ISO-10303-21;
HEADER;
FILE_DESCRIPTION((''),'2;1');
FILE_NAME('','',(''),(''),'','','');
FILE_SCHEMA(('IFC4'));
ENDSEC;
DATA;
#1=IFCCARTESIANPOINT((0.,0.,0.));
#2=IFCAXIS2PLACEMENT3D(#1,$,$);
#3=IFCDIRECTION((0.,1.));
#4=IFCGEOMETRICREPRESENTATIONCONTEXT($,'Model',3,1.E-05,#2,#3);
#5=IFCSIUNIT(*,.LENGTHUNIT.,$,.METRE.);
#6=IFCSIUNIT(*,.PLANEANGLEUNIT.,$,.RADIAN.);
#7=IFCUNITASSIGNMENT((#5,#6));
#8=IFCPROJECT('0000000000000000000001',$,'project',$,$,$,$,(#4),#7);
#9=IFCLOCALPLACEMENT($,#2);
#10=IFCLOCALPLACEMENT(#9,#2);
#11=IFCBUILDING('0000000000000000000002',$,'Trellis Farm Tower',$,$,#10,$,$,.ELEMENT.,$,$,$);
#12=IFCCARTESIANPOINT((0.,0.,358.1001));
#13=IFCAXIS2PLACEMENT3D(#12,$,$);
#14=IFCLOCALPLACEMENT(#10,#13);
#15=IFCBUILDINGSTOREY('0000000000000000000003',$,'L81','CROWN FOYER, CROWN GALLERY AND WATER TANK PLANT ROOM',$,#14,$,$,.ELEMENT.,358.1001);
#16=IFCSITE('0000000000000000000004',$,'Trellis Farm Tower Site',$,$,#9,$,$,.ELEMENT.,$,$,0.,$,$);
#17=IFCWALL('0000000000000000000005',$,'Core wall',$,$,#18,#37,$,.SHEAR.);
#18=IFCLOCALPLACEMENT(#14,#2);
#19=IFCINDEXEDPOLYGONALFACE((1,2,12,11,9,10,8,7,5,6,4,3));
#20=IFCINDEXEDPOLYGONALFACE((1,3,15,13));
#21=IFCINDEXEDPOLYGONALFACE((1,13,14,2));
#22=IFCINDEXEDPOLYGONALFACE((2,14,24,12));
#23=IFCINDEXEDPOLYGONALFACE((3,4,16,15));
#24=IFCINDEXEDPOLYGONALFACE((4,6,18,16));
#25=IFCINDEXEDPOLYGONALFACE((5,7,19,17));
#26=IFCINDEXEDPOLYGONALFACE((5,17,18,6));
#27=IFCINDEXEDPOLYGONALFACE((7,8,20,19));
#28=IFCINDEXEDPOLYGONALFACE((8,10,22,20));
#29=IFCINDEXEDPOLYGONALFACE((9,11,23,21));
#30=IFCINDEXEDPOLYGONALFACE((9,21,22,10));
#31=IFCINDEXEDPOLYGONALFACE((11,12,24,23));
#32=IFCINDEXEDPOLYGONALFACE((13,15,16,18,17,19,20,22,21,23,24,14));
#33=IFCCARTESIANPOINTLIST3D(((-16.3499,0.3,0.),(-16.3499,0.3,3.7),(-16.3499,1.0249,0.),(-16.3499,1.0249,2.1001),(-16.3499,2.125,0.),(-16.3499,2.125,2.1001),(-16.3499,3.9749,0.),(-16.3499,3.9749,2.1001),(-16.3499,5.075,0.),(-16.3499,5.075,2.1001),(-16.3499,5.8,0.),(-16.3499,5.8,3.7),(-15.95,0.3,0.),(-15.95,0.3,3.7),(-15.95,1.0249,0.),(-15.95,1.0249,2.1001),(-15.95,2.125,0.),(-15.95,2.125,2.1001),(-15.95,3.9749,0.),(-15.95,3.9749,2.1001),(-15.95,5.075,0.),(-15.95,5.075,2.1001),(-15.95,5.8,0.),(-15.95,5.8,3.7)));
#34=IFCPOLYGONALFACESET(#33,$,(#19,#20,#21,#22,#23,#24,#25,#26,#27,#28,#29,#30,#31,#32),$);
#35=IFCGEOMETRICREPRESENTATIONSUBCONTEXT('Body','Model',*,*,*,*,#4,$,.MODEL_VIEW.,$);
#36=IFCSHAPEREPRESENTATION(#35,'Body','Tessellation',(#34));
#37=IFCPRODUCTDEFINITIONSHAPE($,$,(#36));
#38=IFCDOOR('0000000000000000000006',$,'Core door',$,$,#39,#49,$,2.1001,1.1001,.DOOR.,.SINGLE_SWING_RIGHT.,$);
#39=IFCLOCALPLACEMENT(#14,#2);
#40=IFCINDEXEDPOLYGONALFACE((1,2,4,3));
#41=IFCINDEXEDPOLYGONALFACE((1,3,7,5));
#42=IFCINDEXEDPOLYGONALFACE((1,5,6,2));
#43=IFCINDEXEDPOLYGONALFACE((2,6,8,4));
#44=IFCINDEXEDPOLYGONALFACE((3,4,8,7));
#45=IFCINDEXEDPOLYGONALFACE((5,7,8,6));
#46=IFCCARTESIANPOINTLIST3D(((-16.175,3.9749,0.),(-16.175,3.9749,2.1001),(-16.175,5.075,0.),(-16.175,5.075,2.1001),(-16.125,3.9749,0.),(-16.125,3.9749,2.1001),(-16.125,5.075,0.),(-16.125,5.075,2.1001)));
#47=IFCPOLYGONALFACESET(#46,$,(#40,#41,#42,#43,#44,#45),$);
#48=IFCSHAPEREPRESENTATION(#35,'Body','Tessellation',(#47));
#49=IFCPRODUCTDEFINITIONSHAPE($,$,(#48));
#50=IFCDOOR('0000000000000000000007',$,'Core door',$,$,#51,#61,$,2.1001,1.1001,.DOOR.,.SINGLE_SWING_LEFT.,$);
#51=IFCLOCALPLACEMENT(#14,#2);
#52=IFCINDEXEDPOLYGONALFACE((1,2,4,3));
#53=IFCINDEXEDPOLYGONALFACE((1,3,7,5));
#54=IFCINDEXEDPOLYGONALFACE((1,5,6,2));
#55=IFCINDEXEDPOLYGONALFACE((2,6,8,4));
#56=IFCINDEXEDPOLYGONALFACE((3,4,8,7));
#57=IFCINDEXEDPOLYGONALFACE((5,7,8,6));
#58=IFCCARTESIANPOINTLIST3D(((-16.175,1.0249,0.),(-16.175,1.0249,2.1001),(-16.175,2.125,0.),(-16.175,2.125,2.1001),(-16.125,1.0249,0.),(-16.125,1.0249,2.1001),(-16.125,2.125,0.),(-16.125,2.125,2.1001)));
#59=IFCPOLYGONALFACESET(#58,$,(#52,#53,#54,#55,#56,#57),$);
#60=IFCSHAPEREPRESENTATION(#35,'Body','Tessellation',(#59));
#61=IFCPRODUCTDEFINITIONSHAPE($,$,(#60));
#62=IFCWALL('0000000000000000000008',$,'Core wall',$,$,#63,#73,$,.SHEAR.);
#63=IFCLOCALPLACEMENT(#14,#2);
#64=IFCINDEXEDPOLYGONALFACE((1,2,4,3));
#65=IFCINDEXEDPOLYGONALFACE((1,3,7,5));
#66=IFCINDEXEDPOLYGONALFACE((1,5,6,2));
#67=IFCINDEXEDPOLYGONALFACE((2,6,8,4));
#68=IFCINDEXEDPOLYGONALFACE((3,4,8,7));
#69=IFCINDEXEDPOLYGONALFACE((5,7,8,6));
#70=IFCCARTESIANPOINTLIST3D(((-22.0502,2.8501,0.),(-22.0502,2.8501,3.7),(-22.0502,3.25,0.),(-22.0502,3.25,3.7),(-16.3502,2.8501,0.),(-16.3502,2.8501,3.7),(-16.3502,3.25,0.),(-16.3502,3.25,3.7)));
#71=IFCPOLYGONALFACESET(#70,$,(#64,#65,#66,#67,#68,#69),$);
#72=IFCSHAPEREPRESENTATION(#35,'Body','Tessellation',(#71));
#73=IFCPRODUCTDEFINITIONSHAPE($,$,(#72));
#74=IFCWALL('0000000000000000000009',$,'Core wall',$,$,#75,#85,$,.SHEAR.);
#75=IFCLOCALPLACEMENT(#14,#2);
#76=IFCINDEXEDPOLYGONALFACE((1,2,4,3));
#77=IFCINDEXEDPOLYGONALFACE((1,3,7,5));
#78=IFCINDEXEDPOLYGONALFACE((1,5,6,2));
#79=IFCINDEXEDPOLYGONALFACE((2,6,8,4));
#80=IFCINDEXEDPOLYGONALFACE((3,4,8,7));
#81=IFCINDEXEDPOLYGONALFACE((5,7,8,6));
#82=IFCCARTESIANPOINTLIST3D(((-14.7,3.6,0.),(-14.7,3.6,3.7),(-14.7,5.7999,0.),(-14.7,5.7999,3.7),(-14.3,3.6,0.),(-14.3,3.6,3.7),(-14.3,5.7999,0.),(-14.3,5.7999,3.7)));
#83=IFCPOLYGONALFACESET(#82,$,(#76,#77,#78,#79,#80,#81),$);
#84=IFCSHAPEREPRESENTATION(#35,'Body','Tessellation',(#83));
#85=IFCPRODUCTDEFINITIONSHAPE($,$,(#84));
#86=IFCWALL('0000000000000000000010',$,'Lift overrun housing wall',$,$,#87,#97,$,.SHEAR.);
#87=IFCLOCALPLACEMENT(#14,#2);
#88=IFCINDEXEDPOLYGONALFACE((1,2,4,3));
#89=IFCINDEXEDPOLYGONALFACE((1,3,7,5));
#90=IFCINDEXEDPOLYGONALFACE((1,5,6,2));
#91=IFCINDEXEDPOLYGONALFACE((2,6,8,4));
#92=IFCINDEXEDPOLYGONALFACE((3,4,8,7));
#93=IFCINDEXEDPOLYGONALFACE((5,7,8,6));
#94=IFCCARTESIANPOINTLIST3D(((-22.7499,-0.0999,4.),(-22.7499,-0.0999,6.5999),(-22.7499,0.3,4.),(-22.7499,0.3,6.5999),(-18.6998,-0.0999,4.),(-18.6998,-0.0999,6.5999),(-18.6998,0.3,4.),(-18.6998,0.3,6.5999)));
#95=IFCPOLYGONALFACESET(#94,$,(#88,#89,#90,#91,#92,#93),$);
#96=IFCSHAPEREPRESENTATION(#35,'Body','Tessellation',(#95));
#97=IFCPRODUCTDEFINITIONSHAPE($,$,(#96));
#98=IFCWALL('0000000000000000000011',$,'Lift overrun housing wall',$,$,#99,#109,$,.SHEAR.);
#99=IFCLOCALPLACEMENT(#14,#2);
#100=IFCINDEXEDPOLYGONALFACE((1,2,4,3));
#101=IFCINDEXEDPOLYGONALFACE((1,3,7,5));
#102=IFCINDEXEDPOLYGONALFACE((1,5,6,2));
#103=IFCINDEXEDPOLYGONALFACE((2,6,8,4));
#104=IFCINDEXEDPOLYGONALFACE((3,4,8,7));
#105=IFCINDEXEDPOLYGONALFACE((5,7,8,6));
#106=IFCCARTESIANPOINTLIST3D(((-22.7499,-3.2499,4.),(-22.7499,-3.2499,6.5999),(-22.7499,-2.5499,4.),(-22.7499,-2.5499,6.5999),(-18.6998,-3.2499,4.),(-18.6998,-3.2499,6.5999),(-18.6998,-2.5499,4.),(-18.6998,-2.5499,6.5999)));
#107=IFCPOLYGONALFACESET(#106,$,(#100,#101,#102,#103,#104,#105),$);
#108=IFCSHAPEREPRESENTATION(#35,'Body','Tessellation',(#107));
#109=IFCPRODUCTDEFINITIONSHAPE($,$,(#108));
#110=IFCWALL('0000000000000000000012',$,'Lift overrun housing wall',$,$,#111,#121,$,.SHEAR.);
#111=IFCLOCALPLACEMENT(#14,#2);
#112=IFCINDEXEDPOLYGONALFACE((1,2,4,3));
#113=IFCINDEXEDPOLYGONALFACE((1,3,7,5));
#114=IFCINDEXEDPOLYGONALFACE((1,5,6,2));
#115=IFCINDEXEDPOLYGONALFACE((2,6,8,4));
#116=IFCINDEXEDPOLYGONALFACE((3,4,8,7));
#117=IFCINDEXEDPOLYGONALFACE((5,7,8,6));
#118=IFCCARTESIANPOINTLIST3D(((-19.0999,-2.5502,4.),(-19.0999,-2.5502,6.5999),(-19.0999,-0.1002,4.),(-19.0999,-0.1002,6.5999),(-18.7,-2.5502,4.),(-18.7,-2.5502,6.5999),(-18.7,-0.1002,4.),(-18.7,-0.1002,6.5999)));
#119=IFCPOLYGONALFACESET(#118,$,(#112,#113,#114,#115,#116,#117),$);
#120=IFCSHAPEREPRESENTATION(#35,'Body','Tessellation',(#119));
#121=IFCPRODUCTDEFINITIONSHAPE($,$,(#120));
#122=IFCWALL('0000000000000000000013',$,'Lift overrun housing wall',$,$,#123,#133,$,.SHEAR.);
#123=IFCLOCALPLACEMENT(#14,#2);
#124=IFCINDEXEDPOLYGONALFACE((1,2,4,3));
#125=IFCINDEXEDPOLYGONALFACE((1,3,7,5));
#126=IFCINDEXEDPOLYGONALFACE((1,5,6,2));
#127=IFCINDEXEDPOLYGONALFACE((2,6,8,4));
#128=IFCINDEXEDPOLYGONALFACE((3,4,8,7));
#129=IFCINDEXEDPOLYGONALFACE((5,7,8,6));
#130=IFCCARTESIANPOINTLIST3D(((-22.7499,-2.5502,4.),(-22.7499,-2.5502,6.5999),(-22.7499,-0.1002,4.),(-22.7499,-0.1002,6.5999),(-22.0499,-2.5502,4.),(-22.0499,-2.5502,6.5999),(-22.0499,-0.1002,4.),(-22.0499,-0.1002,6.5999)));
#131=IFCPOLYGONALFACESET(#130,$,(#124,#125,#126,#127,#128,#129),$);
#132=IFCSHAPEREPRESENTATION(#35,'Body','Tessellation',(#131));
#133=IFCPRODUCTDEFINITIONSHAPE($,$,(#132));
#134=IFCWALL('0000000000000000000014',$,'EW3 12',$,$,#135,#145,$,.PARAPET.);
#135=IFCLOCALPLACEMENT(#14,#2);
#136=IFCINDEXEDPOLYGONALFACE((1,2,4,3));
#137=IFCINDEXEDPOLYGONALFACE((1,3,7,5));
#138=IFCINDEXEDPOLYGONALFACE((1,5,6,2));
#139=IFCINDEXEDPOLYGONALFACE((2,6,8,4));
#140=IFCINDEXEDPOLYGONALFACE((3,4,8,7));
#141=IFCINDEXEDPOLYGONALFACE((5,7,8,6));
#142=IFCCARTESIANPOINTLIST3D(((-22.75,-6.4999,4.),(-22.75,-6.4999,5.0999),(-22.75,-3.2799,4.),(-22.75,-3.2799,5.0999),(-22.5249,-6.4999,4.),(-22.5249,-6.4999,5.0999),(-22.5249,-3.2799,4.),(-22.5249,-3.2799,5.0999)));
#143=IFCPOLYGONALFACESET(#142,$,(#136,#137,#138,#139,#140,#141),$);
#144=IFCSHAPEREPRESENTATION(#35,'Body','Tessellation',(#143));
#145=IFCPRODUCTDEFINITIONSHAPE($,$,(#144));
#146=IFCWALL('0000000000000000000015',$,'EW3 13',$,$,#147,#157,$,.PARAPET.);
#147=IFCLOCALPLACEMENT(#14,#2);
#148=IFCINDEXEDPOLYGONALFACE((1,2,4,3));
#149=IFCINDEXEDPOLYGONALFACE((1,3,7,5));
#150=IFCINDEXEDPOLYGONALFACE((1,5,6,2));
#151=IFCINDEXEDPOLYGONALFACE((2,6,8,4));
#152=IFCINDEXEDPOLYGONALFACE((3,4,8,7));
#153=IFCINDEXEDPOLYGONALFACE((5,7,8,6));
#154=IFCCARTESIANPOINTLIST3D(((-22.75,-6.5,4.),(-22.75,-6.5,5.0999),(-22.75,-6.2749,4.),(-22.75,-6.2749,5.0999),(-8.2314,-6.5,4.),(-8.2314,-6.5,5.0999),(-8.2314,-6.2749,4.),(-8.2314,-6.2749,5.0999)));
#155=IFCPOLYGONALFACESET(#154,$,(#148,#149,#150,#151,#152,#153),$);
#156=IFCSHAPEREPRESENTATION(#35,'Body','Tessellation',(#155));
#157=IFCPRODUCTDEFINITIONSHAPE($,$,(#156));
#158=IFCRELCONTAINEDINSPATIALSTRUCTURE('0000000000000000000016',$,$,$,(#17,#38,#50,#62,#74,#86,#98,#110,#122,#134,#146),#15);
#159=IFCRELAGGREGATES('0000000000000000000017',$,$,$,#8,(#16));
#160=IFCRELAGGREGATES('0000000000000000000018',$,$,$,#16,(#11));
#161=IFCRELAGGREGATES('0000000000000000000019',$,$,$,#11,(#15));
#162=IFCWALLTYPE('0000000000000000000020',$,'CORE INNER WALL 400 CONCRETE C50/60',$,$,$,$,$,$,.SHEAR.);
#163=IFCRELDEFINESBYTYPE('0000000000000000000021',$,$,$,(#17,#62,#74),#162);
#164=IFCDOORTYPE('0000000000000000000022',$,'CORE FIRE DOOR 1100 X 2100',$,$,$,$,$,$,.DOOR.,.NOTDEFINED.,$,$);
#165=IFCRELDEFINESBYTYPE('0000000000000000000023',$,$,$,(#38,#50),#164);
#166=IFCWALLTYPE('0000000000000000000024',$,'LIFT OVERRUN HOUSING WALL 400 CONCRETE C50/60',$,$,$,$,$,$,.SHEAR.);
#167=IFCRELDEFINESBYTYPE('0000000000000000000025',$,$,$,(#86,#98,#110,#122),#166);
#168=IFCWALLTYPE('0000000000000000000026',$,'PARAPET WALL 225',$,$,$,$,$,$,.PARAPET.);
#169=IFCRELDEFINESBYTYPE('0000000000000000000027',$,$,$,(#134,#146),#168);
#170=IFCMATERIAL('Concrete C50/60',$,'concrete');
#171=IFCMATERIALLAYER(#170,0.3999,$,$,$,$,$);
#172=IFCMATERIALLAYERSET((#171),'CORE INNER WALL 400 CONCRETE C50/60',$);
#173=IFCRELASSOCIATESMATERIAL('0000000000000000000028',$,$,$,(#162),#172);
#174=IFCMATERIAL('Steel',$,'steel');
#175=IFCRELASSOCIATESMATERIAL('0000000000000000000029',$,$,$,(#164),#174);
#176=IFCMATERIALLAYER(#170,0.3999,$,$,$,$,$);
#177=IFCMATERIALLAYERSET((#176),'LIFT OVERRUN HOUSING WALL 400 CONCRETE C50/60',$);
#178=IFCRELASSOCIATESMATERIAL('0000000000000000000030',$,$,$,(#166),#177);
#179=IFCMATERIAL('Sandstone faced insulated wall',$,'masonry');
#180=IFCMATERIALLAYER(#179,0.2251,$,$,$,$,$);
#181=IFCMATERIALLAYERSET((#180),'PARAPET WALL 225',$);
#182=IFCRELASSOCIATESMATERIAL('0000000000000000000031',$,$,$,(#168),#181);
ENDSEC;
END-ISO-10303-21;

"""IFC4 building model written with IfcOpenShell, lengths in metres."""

from ifc_helpers import new_model, si_unit, direction, frame, frame_2d, origin, place, context, subcontext, project, spatial, rectangle, extrude, source, transform, mapped, material, layer, layer_set, type_object, element, fill, save


model = new_model("IFC4")

# Units and contexts
model_context = context("Model", 3, precision=1e-05, world=origin(), true_north=direction((0.0, 1.0)))
body_context = subcontext(model_context, "Body", "Model", "MODEL_VIEW")
ifc_project = project(units=[si_unit("LENGTHUNIT", "METRE"), si_unit("PLANEANGLEUNIT", "RADIAN")], contexts=[model_context])

# Site, building, storey
site_placement = place(None, origin())
site = spatial("IfcSite", under=ifc_project, at=site_placement, Name="Trellis Farm Tower Site", CompositionType="ELEMENT", RefElevation=0.0)
building_placement = place(site_placement, origin())
building = spatial("IfcBuilding", under=site, at=building_placement, Name="Trellis Farm Tower", CompositionType="ELEMENT")
storey_placement = place(building_placement, frame((0.0, 0.0, 358.1001)))
storey = spatial("IfcBuildingStorey", under=building, at=storey_placement, Name="L81", Description="CROWN FOYER, CROWN GALLERY AND WATER TANK PLANT ROOM", CompositionType="ELEMENT", Elevation=358.1001)

# Shared definitions
ifc_material_1 = material(Name="Concrete C50/60", Category="concrete")

# Shared definitions
ifc_layer_1 = layer(ifc_material_1, 0.3999)
ifc_layer_set_1 = layer_set([ifc_layer_1], Name="CORE INNER WALL 400 CONCRETE C50/60")
wall_type_1 = type_object("IfcWallType", Name="CORE INNER WALL 400 CONCRETE C50/60", PredefinedType="SHEAR", material=ifc_layer_set_1)

# Shared definitions
ifc_material_2 = material(Name="Steel", Category="steel")
door_type = type_object("IfcDoorType", Name="CORE FIRE DOOR 1100 X 2100", OperationType="NOTDEFINED", PredefinedType="DOOR", material=ifc_material_2)
shared_shape_1 = source(origin(), body_context, "Body", "SweptSolid", [
    extrude(rectangle(XDim=1.1001, YDim=2.1001, at=frame_2d((0.55, 1.05))), frame((0.0, 0.0249, 0.0), z_axis=(0.0, -1.0, 0.0), x_axis=(1.0, 0.0, 0.0)), (0.0, 0.0, 1.0), 0.05),
])

# Wall, openings, doors
shared_shape_2 = source(origin(), body_context, "Body", "SweptSolid", [
    extrude(rectangle(XDim=5.5, YDim=0.3999, at=frame_2d((2.75, 0.0))), origin(), (0.0, 0.0, 1.0), 3.7),
])
wall_1_placement = place(storey_placement, frame((-16.1499, 5.8, 0.0), z_axis=(0.0, 0.0, 1.0), x_axis=(0.0, -1.0, 0.0)))
wall_1 = element("IfcWall", 1, at=wall_1_placement, inside=storey, type_object=wall_type_1, Name="Core wall", PredefinedType="SHEAR", context=body_context, shape_type="MappedRepresentation", body=[
    mapped(shared_shape_2, transform((0.0, 0.0, 0.0))),
])
shared_shape_3 = source(origin(), body_context, "Body", "SweptSolid", [
    extrude(rectangle(XDim=1.1001, YDim=2.1001, at=frame_2d((0.55, 1.05))), frame((0.0, 0.21, 0.0), z_axis=(0.0, -1.0, 0.0), x_axis=(1.0, 0.0, 0.0)), (0.0, 0.0, 1.0), 0.4199),
])
opening_1_placement = place(wall_1_placement, frame((0.7251, 0.0, 0.0)))
opening_1 = element("IfcOpeningElement", 2, at=opening_1_placement, cuts=wall_1, PredefinedType="OPENING", context=body_context, shape_type="MappedRepresentation", body=[
    mapped(shared_shape_3, transform((0.0, 0.0, 0.0))),
])
opening_2_placement = place(wall_1_placement, frame((3.675, 0.0, 0.0)))
opening_2 = element("IfcOpeningElement", 3, at=opening_2_placement, cuts=wall_1, PredefinedType="OPENING", context=body_context, shape_type="MappedRepresentation", body=[
    mapped(shared_shape_3, transform((0.0, 0.0, 0.0))),
])
door_1_placement = place(opening_1_placement, origin())
door_1 = element("IfcDoor", 4, at=door_1_placement, inside=storey, type_object=door_type, Name="Core door", OperationType="SINGLE_SWING_RIGHT", OverallHeight=2.1001, OverallWidth=1.1001, PredefinedType="DOOR", context=body_context, shape_type="MappedRepresentation", body=[
    mapped(shared_shape_1, transform((0.0, 0.0, 0.0))),
])
fill(opening_1, door_1)
door_2_placement = place(opening_2_placement, origin())
door_2 = element("IfcDoor", 5, at=door_2_placement, inside=storey, type_object=door_type, Name="Core door", OperationType="SINGLE_SWING_LEFT", OverallHeight=2.1001, OverallWidth=1.1001, PredefinedType="DOOR", context=body_context, shape_type="MappedRepresentation", body=[
    mapped(shared_shape_1, transform((0.0, 0.0, 0.0))),
])
fill(opening_2, door_2)

# Walls
shared_shape_4 = source(origin(), body_context, "Body", "SweptSolid", [
    extrude(rectangle(XDim=5.7, YDim=0.3999, at=frame_2d((2.8501, 0.0))), origin(), (0.0, 0.0, 1.0), 3.7),
])
wall_2_placement = place(storey_placement, frame((-16.3501, 3.05, 0.0), z_axis=(0.0, 0.0, 1.0), x_axis=(-1.0, 0.0, 0.0)))
element("IfcWall", 6, at=wall_2_placement, inside=storey, type_object=wall_type_1, Name="Core wall", PredefinedType="SHEAR", context=body_context, shape_type="MappedRepresentation", body=[
    mapped(shared_shape_4, transform((0.0, 0.0, 0.0))),
])
shared_shape_5 = source(origin(), body_context, "Body", "SweptSolid", [
    extrude(rectangle(XDim=2.2, YDim=0.3999, at=frame_2d((1.1001, 0.0))), origin(), (0.0, 0.0, 1.0), 3.7),
])
wall_3_placement = place(storey_placement, frame((-14.5, 5.8, 0.0), z_axis=(0.0, 0.0, 1.0), x_axis=(0.0, -1.0, 0.0)))
element("IfcWall", 7, at=wall_3_placement, inside=storey, type_object=wall_type_1, Name="Core wall", PredefinedType="SHEAR", context=body_context, shape_type="MappedRepresentation", body=[
    mapped(shared_shape_5, transform((0.0, 0.0, 0.0))),
])
ifc_layer_2 = layer(ifc_material_1, 0.3999)
ifc_layer_set_2 = layer_set([ifc_layer_2], Name="LIFT OVERRUN HOUSING WALL 400 CONCRETE C50/60")
wall_type_2 = type_object("IfcWallType", Name="LIFT OVERRUN HOUSING WALL 400 CONCRETE C50/60", PredefinedType="SHEAR", material=ifc_layer_set_2)
shared_shape_6 = source(origin(), body_context, "Body", "SweptSolid", [
    extrude(rectangle(XDim=4.05, YDim=0.3999, at=frame_2d((2.0249, 0.0))), origin(), (0.0, 0.0, 1.0), 2.5999),
])
wall_4_placement = place(storey_placement, frame((-18.7, 0.1001, 4.0), z_axis=(0.0, 0.0, 1.0), x_axis=(-1.0, 0.0, 0.0)))
element("IfcWall", 8, at=wall_4_placement, inside=storey, type_object=wall_type_2, Name="Lift overrun housing wall", PredefinedType="SHEAR", context=body_context, shape_type="MappedRepresentation", body=[
    mapped(shared_shape_6, transform((0.0, 0.0, 0.0))),
])
shared_shape_7 = source(origin(), body_context, "Body", "SweptSolid", [
    extrude(rectangle(XDim=4.05, YDim=0.7, at=frame_2d((2.0249, 0.0))), origin(), (0.0, 0.0, 1.0), 2.5999),
])
wall_5_placement = place(storey_placement, frame((-18.7, -2.8999, 4.0), z_axis=(0.0, 0.0, 1.0), x_axis=(-1.0, 0.0, 0.0)))
element("IfcWall", 9, at=wall_5_placement, inside=storey, type_object=wall_type_2, Name="Lift overrun housing wall", PredefinedType="SHEAR", context=body_context, shape_type="MappedRepresentation", body=[
    mapped(shared_shape_7, transform((0.0, 0.0, 0.0))),
])
shared_shape_8 = source(origin(), body_context, "Body", "SweptSolid", [
    extrude(rectangle(XDim=2.45, YDim=0.3999, at=frame_2d((1.2251, 0.0))), origin(), (0.0, 0.0, 1.0), 2.5999),
])
wall_6_placement = place(storey_placement, frame((-18.8999, -0.1001, 4.0), z_axis=(0.0, 0.0, 1.0), x_axis=(0.0, -1.0, 0.0)))
element("IfcWall", 10, at=wall_6_placement, inside=storey, type_object=wall_type_2, Name="Lift overrun housing wall", PredefinedType="SHEAR", context=body_context, shape_type="MappedRepresentation", body=[
    mapped(shared_shape_8, transform((0.0, 0.0, 0.0))),
])
shared_shape_9 = source(origin(), body_context, "Body", "SweptSolid", [
    extrude(rectangle(XDim=2.45, YDim=0.7, at=frame_2d((1.2251, 0.0))), origin(), (0.0, 0.0, 1.0), 2.5999),
])
wall_7_placement = place(storey_placement, frame((-22.3999, -0.1001, 4.0), z_axis=(0.0, 0.0, 1.0), x_axis=(0.0, -1.0, 0.0)))
element("IfcWall", 11, at=wall_7_placement, inside=storey, type_object=wall_type_2, Name="Lift overrun housing wall", PredefinedType="SHEAR", context=body_context, shape_type="MappedRepresentation", body=[
    mapped(shared_shape_9, transform((0.0, 0.0, 0.0))),
])
ifc_material_3 = material(Name="Sandstone faced insulated wall", Category="masonry")
ifc_layer_3 = layer(ifc_material_3, 0.2251)
ifc_layer_set_3 = layer_set([ifc_layer_3], Name="PARAPET WALL 225")
wall_type_3 = type_object("IfcWallType", Name="PARAPET WALL 225", PredefinedType="PARAPET", material=ifc_layer_set_3)
shared_shape_10 = source(origin(), body_context, "Body", "SweptSolid", [
    extrude(rectangle(XDim=3.22, YDim=0.2251, at=frame_2d((1.6099, 0.0))), origin(), (0.0, 0.0, 1.0), 1.0999),
])
wall_8_placement = place(storey_placement, frame((-22.6375, -3.28, 4.0), z_axis=(0.0, 0.0, 1.0), x_axis=(0.0, -1.0, 0.0)))
element("IfcWall", 12, at=wall_8_placement, inside=storey, type_object=wall_type_3, Name="EW3 12", PredefinedType="PARAPET", context=body_context, shape_type="MappedRepresentation", body=[
    mapped(shared_shape_10, transform((0.0, 0.0, 0.0))),
])
shared_shape_11 = source(origin(), body_context, "Body", "SweptSolid", [
    extrude(rectangle(XDim=14.5186, YDim=0.2251, at=frame_2d((7.2593, 0.0))), origin(), (0.0, 0.0, 1.0), 1.0999),
])
wall_9_placement = place(storey_placement, frame((-22.75, -6.3875, 4.0), z_axis=(0.0, 0.0, 1.0), x_axis=(1.0, 0.0, 0.0)))
element("IfcWall", 13, at=wall_9_placement, inside=storey, type_object=wall_type_3, Name="EW3 13", PredefinedType="PARAPET", context=body_context, shape_type="MappedRepresentation", body=[
    mapped(shared_shape_11, transform((0.0, 0.0, 0.0))),
])

save(model, "model.ifc")
